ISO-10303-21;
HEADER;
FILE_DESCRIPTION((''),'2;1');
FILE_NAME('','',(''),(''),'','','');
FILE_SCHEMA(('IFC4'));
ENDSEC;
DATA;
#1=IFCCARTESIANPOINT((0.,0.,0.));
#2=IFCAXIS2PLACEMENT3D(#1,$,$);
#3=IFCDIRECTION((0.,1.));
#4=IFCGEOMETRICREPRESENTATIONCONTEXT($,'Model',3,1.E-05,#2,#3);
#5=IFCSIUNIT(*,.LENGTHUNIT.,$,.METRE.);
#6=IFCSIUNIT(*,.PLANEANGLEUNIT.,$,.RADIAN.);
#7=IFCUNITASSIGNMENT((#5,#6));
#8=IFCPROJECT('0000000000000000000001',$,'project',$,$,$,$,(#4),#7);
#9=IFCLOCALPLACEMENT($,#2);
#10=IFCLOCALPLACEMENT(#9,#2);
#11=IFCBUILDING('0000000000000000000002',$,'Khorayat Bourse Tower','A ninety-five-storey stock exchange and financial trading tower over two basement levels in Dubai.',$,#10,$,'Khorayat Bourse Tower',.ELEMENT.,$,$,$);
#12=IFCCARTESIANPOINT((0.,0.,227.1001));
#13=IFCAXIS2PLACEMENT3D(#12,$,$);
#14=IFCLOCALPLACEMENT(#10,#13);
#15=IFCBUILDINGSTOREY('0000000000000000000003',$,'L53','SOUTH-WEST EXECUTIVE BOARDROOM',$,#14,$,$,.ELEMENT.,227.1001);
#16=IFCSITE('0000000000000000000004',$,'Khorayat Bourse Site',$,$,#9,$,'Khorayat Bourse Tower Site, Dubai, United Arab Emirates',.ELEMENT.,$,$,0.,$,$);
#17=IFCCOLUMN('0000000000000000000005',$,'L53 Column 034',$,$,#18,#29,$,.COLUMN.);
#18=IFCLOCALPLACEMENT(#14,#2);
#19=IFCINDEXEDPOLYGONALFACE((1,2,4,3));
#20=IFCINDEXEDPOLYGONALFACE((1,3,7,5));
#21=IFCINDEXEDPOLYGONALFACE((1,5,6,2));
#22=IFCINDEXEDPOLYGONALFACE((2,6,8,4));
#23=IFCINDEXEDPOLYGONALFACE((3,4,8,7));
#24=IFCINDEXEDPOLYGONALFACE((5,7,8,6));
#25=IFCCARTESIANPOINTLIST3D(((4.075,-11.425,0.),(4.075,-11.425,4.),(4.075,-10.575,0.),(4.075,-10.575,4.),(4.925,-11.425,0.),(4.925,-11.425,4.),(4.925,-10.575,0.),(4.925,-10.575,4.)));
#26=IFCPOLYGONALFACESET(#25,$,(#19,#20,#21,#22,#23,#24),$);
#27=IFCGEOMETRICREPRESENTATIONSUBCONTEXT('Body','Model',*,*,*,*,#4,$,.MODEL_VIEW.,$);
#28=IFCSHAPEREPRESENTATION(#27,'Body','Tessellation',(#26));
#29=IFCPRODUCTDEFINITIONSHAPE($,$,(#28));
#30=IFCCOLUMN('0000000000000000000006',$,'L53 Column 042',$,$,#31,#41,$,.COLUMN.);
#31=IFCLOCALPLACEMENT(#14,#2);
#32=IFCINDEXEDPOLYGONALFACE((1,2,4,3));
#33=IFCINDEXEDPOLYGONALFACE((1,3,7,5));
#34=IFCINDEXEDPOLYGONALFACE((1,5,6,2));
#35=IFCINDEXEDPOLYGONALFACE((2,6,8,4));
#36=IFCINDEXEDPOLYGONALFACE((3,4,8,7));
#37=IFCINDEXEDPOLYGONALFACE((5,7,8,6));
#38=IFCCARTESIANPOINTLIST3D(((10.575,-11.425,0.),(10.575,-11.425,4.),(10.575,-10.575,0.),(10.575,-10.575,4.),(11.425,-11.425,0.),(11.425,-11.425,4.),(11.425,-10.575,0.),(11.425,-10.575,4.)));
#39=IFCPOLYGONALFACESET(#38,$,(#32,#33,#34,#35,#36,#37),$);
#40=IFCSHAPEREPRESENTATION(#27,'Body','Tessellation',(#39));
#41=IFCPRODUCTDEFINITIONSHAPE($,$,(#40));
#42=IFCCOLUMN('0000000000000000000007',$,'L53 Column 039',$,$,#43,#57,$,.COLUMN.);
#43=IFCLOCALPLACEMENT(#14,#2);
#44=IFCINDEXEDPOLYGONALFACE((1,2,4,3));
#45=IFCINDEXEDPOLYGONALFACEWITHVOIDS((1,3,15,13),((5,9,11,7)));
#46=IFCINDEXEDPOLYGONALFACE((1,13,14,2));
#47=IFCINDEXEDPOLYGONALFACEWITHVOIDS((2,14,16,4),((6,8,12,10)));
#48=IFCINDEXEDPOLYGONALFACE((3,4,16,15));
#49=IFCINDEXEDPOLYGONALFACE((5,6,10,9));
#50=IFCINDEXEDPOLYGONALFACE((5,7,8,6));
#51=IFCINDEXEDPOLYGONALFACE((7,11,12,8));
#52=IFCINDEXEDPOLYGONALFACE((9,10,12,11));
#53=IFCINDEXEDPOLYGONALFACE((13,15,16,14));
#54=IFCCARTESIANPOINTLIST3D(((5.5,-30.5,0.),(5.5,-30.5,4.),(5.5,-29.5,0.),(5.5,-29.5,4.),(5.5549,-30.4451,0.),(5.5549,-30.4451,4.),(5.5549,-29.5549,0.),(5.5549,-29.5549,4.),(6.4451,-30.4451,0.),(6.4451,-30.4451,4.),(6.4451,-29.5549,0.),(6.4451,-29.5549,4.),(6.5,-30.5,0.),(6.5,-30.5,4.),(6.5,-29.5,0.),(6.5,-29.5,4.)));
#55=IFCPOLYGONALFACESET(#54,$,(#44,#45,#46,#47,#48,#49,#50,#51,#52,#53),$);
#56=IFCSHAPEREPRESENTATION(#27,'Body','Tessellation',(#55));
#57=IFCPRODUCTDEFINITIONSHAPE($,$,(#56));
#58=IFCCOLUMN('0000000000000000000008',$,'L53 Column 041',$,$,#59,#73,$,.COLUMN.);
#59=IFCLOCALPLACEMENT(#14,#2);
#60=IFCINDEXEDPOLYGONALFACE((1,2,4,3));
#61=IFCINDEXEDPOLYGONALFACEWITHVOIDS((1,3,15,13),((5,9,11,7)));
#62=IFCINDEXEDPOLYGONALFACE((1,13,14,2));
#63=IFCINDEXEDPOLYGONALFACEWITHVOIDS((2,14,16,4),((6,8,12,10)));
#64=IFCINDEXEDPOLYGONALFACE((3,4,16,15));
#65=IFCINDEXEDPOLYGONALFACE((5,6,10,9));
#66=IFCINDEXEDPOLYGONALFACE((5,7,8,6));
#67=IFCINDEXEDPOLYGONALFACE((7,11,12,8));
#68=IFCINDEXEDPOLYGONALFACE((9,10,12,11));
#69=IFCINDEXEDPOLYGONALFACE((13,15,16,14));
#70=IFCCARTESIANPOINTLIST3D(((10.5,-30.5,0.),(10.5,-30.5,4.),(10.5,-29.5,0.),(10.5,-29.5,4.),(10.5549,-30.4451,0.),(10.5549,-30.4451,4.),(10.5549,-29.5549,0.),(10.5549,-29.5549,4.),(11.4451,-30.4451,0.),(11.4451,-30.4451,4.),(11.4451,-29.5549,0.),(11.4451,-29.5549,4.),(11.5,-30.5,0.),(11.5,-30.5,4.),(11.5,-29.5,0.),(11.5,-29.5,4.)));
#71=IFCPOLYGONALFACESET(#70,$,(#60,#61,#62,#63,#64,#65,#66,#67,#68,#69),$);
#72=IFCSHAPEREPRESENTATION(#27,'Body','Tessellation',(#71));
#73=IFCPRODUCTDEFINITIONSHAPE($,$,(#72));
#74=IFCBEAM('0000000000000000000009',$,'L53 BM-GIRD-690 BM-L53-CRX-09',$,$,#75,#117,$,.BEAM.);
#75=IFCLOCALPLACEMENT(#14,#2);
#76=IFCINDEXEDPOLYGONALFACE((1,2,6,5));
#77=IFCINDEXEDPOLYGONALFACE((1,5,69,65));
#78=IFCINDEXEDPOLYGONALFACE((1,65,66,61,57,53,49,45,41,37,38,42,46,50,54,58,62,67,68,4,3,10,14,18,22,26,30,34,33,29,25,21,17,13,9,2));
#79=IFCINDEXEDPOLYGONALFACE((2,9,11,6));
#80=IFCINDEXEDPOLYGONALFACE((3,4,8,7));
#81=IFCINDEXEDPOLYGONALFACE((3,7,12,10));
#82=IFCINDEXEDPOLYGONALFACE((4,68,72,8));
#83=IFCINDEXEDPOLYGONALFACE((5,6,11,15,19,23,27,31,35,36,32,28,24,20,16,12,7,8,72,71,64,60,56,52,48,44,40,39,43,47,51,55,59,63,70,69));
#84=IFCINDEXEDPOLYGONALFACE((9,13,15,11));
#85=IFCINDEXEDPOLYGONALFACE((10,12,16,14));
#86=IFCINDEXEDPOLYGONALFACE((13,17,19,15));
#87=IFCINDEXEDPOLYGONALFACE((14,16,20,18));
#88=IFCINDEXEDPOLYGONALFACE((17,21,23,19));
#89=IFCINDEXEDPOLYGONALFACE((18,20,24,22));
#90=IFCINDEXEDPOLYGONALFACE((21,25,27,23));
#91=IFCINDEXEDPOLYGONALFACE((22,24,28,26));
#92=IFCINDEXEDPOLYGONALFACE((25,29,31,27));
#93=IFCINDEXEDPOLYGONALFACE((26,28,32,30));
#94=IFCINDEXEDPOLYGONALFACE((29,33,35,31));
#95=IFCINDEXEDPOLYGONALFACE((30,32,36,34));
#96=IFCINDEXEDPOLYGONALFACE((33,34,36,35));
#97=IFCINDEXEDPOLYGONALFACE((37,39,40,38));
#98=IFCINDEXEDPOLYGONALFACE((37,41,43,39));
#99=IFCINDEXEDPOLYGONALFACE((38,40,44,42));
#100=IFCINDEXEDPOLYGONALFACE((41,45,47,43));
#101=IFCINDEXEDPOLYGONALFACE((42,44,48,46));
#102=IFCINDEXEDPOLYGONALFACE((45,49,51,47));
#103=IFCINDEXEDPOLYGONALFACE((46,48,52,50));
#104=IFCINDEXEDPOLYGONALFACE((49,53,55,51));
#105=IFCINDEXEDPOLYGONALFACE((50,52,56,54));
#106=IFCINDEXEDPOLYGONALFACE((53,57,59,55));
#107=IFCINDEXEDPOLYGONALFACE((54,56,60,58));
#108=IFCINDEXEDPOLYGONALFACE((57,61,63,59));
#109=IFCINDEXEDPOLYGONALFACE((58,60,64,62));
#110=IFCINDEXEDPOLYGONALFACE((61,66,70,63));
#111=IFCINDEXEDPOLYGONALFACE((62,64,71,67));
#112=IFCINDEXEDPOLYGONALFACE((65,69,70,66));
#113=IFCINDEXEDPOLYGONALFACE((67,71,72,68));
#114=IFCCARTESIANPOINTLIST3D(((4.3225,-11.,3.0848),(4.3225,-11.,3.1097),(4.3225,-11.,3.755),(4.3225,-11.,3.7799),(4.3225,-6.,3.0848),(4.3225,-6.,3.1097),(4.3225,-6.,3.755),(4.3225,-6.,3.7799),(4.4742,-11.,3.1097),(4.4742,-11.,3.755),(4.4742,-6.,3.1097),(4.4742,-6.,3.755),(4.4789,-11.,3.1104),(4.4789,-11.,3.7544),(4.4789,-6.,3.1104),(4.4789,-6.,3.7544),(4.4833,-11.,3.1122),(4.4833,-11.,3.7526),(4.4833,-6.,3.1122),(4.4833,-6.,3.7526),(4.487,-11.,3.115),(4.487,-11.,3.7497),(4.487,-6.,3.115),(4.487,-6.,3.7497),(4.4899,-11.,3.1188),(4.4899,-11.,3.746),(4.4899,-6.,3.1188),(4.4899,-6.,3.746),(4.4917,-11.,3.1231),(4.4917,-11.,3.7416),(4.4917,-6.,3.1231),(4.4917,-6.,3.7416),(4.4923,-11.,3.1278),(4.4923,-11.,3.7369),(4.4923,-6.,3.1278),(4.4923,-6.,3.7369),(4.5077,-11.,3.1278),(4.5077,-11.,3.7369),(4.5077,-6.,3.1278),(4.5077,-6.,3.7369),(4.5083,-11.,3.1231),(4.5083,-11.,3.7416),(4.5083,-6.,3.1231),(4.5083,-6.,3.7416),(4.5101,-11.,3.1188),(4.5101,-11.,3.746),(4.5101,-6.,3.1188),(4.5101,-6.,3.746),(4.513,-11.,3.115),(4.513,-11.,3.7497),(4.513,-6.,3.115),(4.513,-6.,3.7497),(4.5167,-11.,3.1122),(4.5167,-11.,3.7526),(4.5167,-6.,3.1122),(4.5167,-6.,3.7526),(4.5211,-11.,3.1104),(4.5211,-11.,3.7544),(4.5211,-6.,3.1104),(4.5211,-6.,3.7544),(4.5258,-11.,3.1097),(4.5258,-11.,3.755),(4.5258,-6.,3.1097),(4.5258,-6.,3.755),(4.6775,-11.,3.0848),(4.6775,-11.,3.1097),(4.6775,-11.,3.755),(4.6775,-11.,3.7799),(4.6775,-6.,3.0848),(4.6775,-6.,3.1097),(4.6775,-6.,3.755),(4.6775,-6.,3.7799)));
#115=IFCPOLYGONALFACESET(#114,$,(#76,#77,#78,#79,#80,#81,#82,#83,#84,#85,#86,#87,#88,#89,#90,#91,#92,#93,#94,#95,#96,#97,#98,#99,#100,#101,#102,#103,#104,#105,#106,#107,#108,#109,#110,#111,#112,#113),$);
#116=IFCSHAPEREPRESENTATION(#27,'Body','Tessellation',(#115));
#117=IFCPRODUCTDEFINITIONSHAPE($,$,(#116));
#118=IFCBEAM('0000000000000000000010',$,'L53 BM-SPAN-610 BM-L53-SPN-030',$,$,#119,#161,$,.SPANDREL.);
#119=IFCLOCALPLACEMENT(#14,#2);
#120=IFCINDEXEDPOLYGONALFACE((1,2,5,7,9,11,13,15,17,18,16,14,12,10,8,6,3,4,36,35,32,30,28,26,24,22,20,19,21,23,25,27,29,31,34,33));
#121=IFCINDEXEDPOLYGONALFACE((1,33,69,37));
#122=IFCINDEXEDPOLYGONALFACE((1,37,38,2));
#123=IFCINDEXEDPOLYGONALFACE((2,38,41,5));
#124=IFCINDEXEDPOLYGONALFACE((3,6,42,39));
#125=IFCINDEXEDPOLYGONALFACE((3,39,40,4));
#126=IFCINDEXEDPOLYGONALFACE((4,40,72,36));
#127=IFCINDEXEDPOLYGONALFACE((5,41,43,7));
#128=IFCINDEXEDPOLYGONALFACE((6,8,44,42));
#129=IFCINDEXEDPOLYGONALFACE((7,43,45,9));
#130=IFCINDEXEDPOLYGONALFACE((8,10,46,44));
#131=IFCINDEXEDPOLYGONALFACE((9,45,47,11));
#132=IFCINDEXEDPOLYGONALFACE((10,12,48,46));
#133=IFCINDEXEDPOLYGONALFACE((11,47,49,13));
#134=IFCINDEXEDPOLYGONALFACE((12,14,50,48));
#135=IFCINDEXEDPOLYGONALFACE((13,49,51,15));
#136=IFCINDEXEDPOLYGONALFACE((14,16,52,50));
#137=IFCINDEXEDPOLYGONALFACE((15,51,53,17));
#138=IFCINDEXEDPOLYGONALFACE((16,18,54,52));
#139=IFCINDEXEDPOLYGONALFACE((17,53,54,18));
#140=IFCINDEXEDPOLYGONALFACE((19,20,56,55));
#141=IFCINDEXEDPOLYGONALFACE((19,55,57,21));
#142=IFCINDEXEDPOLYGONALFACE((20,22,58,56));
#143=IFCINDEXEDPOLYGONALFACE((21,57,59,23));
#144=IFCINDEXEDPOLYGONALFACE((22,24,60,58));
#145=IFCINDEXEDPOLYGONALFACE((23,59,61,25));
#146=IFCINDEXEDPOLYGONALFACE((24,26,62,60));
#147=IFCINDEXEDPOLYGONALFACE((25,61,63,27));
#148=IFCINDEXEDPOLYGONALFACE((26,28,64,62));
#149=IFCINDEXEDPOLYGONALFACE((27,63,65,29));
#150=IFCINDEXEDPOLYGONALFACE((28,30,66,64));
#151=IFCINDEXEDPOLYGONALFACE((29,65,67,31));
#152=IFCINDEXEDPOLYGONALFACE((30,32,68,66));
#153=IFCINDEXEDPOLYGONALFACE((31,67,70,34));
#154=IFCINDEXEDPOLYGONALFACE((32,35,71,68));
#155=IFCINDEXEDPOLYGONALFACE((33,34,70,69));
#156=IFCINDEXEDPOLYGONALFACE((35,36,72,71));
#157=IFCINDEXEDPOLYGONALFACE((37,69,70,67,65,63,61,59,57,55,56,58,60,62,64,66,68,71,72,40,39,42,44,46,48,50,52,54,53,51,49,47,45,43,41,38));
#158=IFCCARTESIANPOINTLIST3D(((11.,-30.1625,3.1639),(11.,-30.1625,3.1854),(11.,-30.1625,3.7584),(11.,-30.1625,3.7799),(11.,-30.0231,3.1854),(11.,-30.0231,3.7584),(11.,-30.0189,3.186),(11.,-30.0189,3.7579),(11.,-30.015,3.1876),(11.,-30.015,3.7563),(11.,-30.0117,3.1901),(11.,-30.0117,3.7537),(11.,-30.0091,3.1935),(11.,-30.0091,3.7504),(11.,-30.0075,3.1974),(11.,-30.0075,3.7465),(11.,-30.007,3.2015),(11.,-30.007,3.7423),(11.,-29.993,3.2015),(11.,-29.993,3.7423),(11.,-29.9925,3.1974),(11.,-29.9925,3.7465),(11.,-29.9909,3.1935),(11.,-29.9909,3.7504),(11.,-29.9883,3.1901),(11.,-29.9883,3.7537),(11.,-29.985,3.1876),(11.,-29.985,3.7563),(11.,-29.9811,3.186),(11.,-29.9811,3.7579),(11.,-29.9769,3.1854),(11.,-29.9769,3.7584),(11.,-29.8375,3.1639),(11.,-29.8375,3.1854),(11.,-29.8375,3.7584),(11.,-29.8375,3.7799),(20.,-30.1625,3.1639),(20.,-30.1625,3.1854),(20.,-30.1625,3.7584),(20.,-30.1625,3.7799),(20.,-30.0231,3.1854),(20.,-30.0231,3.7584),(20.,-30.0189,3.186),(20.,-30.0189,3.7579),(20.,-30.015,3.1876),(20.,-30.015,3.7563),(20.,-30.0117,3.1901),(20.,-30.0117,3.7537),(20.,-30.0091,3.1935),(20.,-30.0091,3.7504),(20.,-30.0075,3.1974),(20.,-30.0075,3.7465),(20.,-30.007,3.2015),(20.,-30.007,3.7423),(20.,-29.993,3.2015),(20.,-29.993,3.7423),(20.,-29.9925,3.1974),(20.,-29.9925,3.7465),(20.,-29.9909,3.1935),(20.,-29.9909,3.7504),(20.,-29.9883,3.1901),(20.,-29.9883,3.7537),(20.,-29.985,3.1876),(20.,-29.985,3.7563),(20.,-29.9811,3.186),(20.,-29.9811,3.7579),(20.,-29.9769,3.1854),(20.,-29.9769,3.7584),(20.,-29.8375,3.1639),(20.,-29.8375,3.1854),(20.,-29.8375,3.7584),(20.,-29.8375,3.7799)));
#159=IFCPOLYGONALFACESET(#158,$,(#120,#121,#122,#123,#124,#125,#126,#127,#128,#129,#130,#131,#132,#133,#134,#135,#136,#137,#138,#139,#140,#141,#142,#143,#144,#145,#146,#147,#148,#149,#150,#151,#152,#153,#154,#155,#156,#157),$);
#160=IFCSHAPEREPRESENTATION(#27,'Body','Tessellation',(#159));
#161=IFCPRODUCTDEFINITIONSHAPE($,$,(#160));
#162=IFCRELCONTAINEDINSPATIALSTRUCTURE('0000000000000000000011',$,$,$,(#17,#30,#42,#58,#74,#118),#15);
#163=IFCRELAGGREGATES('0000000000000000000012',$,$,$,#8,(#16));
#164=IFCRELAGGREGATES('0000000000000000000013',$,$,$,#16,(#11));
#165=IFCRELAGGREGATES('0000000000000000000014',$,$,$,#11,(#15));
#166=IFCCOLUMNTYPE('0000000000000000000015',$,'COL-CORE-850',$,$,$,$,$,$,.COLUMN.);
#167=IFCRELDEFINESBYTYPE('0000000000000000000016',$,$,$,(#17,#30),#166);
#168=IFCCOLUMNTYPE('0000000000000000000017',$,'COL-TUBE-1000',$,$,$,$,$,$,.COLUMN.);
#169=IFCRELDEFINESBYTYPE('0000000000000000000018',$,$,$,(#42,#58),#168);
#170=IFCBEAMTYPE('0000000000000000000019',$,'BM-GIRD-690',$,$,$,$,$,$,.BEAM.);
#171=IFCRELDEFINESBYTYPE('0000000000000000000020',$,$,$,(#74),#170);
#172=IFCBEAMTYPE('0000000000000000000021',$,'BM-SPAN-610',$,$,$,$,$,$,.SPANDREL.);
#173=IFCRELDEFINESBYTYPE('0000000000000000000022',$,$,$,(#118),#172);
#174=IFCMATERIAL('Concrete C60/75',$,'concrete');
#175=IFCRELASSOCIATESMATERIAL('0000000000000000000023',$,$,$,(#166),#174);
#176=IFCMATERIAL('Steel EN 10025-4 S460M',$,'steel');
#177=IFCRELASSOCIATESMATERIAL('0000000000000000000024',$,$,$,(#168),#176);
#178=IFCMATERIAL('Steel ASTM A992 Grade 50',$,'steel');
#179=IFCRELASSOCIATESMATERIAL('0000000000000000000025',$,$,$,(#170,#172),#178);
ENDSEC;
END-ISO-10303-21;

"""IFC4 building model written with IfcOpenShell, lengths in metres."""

from ifc_helpers import new_model, si_unit, direction, frame, origin, origin_2d, place, context, subcontext, project, spatial, rectangle, hollow_rectangle, i_section, extrude, source, transform, mapped, material, material_profile, profile_set, type_object, element, save


model = new_model("IFC4")

# Units and contexts
model_context = context("Model", 3, precision=1e-05, world=origin(), true_north=direction((0.0, 1.0)))
body_context = subcontext(model_context, "Body", "Model", "MODEL_VIEW")
ifc_project = project(units=[si_unit("LENGTHUNIT", "METRE"), si_unit("PLANEANGLEUNIT", "RADIAN")], contexts=[model_context])

# Site, building, storey
site_placement = place(None, origin())
site = spatial("IfcSite", under=ifc_project, at=site_placement, Name="Khorayat Bourse Site", LongName="Khorayat Bourse Tower Site, Dubai, United Arab Emirates", CompositionType="ELEMENT", RefElevation=0.0)
building_placement = place(site_placement, origin())
building = spatial("IfcBuilding", under=site, at=building_placement, Name="Khorayat Bourse Tower", Description="A ninety-five-storey stock exchange and financial trading tower over two basement levels in Dubai.", LongName="Khorayat Bourse Tower", CompositionType="ELEMENT")
storey_placement = place(building_placement, frame((0.0, 0.0, 227.1001)))
storey = spatial("IfcBuildingStorey", under=building, at=storey_placement, Name="L53", Description="SOUTH-WEST EXECUTIVE BOARDROOM", CompositionType="ELEMENT", Elevation=227.1001)

# Columns
ifc_material_1 = material(Name="Concrete C60/75", Category="concrete")
ifc_material_profile_1 = material_profile(ifc_material_1, rectangle(XDim=0.8501, YDim=0.8501, at=origin_2d()), Name="RC 850x850")
ifc_profile_set_1 = profile_set([ifc_material_profile_1], Name="Concrete C60/75")
column_type_1 = type_object("IfcColumnType", Name="COL-CORE-850", PredefinedType="COLUMN", material=ifc_profile_set_1)
shared_shape_1 = source(origin(), body_context, "Body", "SweptSolid", [
    extrude(rectangle(XDim=0.8501, YDim=0.8501, at=origin_2d()), origin(), (0.0, 0.0, 1.0), 4.0),
])
for number, where, z_axis, x_axis, name in (
    (1, (4.5, -11.0, 0.0), (0.0, 0.0, 1.0), (1.0, 0.0, 0.0), "L53 Column 034"),
    (2, (11.0, -11.0, 0.0), (0.0, 0.0, 1.0), (1.0, 0.0, 0.0), "L53 Column 042"),
):
    element("IfcColumn", number, at=place(storey_placement, frame(where, z_axis=z_axis, x_axis=x_axis)), inside=storey, type_object=column_type_1, Name=name, PredefinedType="COLUMN", context=body_context, shape_type="MappedRepresentation", body=[
        mapped(shared_shape_1, transform((0.0, 0.0, 0.0), scale=1.0)),
    ])
ifc_material_2 = material(Name="Steel EN 10025-4 S460M", Category="steel")
ifc_material_profile_2 = material_profile(ifc_material_2, hollow_rectangle(XDim=1.0, YDim=1.0, WallThickness=0.0549, at=origin_2d()), Name="BOX 1000x1000x55")
ifc_profile_set_2 = profile_set([ifc_material_profile_2], Name="Steel EN 10025-4 S460M")
column_type_2 = type_object("IfcColumnType", Name="COL-TUBE-1000", PredefinedType="COLUMN", material=ifc_profile_set_2)
shared_shape_2 = source(origin(), body_context, "Body", "SweptSolid", [
    extrude(hollow_rectangle(XDim=1.0, YDim=1.0, WallThickness=0.0549, at=origin_2d()), origin(), (0.0, 0.0, 1.0), 4.0),
])
for number, where, z_axis, x_axis, name in (
    (3, (6.0, -30.0, 0.0), (0.0, 0.0, 1.0), (1.0, 0.0, 0.0), "L53 Column 039"),
    (4, (11.0, -30.0, 0.0), (0.0, 0.0, 1.0), (1.0, 0.0, 0.0), "L53 Column 041"),
):
    element("IfcColumn", number, at=place(storey_placement, frame(where, z_axis=z_axis, x_axis=x_axis)), inside=storey, type_object=column_type_2, Name=name, PredefinedType="COLUMN", context=body_context, shape_type="MappedRepresentation", body=[
        mapped(shared_shape_2, transform((0.0, 0.0, 0.0), scale=1.0)),
    ])

# Beams
ifc_material_3 = material(Name="Steel ASTM A992 Grade 50", Category="steel")
ifc_material_profile_3 = material_profile(ifc_material_3, i_section(OverallWidth=0.355, OverallDepth=0.6951, WebThickness=0.0154, FlangeThickness=0.0249, FilletRadius=0.0181, at=origin_2d()), Name="W690X217")
ifc_profile_set_3 = profile_set([ifc_material_profile_3], Name="Steel ASTM A992 Grade 50")
beam_type_1 = type_object("IfcBeamType", Name="BM-GIRD-690", PredefinedType="BEAM", material=ifc_profile_set_3)
shared_shape_3 = source(origin(), body_context, "Body", "SweptSolid", [
    extrude(i_section(OverallWidth=0.355, OverallDepth=0.6951, WebThickness=0.0154, FlangeThickness=0.0249, FilletRadius=0.0181, at=origin_2d()), origin(), (0.0, 0.0, 1.0), 5.0),
])
beam_1_placement = place(storey_placement, frame((4.5, -11.0, 3.4324), z_axis=(0.0, 1.0, 0.0), x_axis=(-1.0, 0.0, 0.0)))
element("IfcBeam", 5, at=beam_1_placement, inside=storey, type_object=beam_type_1, Name="L53 BM-GIRD-690 BM-L53-CRX-09", PredefinedType="BEAM", context=body_context, shape_type="MappedRepresentation", body=[
    mapped(shared_shape_3, transform((0.0, 0.0, 0.0), scale=1.0)),
])
ifc_material_profile_4 = material_profile(ifc_material_3, i_section(OverallWidth=0.325, OverallDepth=0.616, WebThickness=0.0139, FlangeThickness=0.0215, FilletRadius=0.0161, at=origin_2d()), Name="W610X174")
ifc_profile_set_4 = profile_set([ifc_material_profile_4], Name="Steel ASTM A992 Grade 50")
beam_type_2 = type_object("IfcBeamType", Name="BM-SPAN-610", PredefinedType="SPANDREL", material=ifc_profile_set_4)
shared_shape_4 = source(origin(), body_context, "Body", "SweptSolid", [
    extrude(i_section(OverallWidth=0.325, OverallDepth=0.616, WebThickness=0.0139, FlangeThickness=0.0215, FilletRadius=0.0161, at=origin_2d()), origin(), (0.0, 0.0, 1.0), 9.0),
])
beam_2_placement = place(storey_placement, frame((11.0, -30.0, 3.4719), z_axis=(1.0, 0.0, 0.0), x_axis=(0.0, 1.0, 0.0)))
element("IfcBeam", 6, at=beam_2_placement, inside=storey, type_object=beam_type_2, Name="L53 BM-SPAN-610 BM-L53-SPN-030", PredefinedType="SPANDREL", context=body_context, shape_type="MappedRepresentation", body=[
    mapped(shared_shape_4, transform((0.0, 0.0, 0.0), scale=1.0)),
])

save(model, "model.ifc")
